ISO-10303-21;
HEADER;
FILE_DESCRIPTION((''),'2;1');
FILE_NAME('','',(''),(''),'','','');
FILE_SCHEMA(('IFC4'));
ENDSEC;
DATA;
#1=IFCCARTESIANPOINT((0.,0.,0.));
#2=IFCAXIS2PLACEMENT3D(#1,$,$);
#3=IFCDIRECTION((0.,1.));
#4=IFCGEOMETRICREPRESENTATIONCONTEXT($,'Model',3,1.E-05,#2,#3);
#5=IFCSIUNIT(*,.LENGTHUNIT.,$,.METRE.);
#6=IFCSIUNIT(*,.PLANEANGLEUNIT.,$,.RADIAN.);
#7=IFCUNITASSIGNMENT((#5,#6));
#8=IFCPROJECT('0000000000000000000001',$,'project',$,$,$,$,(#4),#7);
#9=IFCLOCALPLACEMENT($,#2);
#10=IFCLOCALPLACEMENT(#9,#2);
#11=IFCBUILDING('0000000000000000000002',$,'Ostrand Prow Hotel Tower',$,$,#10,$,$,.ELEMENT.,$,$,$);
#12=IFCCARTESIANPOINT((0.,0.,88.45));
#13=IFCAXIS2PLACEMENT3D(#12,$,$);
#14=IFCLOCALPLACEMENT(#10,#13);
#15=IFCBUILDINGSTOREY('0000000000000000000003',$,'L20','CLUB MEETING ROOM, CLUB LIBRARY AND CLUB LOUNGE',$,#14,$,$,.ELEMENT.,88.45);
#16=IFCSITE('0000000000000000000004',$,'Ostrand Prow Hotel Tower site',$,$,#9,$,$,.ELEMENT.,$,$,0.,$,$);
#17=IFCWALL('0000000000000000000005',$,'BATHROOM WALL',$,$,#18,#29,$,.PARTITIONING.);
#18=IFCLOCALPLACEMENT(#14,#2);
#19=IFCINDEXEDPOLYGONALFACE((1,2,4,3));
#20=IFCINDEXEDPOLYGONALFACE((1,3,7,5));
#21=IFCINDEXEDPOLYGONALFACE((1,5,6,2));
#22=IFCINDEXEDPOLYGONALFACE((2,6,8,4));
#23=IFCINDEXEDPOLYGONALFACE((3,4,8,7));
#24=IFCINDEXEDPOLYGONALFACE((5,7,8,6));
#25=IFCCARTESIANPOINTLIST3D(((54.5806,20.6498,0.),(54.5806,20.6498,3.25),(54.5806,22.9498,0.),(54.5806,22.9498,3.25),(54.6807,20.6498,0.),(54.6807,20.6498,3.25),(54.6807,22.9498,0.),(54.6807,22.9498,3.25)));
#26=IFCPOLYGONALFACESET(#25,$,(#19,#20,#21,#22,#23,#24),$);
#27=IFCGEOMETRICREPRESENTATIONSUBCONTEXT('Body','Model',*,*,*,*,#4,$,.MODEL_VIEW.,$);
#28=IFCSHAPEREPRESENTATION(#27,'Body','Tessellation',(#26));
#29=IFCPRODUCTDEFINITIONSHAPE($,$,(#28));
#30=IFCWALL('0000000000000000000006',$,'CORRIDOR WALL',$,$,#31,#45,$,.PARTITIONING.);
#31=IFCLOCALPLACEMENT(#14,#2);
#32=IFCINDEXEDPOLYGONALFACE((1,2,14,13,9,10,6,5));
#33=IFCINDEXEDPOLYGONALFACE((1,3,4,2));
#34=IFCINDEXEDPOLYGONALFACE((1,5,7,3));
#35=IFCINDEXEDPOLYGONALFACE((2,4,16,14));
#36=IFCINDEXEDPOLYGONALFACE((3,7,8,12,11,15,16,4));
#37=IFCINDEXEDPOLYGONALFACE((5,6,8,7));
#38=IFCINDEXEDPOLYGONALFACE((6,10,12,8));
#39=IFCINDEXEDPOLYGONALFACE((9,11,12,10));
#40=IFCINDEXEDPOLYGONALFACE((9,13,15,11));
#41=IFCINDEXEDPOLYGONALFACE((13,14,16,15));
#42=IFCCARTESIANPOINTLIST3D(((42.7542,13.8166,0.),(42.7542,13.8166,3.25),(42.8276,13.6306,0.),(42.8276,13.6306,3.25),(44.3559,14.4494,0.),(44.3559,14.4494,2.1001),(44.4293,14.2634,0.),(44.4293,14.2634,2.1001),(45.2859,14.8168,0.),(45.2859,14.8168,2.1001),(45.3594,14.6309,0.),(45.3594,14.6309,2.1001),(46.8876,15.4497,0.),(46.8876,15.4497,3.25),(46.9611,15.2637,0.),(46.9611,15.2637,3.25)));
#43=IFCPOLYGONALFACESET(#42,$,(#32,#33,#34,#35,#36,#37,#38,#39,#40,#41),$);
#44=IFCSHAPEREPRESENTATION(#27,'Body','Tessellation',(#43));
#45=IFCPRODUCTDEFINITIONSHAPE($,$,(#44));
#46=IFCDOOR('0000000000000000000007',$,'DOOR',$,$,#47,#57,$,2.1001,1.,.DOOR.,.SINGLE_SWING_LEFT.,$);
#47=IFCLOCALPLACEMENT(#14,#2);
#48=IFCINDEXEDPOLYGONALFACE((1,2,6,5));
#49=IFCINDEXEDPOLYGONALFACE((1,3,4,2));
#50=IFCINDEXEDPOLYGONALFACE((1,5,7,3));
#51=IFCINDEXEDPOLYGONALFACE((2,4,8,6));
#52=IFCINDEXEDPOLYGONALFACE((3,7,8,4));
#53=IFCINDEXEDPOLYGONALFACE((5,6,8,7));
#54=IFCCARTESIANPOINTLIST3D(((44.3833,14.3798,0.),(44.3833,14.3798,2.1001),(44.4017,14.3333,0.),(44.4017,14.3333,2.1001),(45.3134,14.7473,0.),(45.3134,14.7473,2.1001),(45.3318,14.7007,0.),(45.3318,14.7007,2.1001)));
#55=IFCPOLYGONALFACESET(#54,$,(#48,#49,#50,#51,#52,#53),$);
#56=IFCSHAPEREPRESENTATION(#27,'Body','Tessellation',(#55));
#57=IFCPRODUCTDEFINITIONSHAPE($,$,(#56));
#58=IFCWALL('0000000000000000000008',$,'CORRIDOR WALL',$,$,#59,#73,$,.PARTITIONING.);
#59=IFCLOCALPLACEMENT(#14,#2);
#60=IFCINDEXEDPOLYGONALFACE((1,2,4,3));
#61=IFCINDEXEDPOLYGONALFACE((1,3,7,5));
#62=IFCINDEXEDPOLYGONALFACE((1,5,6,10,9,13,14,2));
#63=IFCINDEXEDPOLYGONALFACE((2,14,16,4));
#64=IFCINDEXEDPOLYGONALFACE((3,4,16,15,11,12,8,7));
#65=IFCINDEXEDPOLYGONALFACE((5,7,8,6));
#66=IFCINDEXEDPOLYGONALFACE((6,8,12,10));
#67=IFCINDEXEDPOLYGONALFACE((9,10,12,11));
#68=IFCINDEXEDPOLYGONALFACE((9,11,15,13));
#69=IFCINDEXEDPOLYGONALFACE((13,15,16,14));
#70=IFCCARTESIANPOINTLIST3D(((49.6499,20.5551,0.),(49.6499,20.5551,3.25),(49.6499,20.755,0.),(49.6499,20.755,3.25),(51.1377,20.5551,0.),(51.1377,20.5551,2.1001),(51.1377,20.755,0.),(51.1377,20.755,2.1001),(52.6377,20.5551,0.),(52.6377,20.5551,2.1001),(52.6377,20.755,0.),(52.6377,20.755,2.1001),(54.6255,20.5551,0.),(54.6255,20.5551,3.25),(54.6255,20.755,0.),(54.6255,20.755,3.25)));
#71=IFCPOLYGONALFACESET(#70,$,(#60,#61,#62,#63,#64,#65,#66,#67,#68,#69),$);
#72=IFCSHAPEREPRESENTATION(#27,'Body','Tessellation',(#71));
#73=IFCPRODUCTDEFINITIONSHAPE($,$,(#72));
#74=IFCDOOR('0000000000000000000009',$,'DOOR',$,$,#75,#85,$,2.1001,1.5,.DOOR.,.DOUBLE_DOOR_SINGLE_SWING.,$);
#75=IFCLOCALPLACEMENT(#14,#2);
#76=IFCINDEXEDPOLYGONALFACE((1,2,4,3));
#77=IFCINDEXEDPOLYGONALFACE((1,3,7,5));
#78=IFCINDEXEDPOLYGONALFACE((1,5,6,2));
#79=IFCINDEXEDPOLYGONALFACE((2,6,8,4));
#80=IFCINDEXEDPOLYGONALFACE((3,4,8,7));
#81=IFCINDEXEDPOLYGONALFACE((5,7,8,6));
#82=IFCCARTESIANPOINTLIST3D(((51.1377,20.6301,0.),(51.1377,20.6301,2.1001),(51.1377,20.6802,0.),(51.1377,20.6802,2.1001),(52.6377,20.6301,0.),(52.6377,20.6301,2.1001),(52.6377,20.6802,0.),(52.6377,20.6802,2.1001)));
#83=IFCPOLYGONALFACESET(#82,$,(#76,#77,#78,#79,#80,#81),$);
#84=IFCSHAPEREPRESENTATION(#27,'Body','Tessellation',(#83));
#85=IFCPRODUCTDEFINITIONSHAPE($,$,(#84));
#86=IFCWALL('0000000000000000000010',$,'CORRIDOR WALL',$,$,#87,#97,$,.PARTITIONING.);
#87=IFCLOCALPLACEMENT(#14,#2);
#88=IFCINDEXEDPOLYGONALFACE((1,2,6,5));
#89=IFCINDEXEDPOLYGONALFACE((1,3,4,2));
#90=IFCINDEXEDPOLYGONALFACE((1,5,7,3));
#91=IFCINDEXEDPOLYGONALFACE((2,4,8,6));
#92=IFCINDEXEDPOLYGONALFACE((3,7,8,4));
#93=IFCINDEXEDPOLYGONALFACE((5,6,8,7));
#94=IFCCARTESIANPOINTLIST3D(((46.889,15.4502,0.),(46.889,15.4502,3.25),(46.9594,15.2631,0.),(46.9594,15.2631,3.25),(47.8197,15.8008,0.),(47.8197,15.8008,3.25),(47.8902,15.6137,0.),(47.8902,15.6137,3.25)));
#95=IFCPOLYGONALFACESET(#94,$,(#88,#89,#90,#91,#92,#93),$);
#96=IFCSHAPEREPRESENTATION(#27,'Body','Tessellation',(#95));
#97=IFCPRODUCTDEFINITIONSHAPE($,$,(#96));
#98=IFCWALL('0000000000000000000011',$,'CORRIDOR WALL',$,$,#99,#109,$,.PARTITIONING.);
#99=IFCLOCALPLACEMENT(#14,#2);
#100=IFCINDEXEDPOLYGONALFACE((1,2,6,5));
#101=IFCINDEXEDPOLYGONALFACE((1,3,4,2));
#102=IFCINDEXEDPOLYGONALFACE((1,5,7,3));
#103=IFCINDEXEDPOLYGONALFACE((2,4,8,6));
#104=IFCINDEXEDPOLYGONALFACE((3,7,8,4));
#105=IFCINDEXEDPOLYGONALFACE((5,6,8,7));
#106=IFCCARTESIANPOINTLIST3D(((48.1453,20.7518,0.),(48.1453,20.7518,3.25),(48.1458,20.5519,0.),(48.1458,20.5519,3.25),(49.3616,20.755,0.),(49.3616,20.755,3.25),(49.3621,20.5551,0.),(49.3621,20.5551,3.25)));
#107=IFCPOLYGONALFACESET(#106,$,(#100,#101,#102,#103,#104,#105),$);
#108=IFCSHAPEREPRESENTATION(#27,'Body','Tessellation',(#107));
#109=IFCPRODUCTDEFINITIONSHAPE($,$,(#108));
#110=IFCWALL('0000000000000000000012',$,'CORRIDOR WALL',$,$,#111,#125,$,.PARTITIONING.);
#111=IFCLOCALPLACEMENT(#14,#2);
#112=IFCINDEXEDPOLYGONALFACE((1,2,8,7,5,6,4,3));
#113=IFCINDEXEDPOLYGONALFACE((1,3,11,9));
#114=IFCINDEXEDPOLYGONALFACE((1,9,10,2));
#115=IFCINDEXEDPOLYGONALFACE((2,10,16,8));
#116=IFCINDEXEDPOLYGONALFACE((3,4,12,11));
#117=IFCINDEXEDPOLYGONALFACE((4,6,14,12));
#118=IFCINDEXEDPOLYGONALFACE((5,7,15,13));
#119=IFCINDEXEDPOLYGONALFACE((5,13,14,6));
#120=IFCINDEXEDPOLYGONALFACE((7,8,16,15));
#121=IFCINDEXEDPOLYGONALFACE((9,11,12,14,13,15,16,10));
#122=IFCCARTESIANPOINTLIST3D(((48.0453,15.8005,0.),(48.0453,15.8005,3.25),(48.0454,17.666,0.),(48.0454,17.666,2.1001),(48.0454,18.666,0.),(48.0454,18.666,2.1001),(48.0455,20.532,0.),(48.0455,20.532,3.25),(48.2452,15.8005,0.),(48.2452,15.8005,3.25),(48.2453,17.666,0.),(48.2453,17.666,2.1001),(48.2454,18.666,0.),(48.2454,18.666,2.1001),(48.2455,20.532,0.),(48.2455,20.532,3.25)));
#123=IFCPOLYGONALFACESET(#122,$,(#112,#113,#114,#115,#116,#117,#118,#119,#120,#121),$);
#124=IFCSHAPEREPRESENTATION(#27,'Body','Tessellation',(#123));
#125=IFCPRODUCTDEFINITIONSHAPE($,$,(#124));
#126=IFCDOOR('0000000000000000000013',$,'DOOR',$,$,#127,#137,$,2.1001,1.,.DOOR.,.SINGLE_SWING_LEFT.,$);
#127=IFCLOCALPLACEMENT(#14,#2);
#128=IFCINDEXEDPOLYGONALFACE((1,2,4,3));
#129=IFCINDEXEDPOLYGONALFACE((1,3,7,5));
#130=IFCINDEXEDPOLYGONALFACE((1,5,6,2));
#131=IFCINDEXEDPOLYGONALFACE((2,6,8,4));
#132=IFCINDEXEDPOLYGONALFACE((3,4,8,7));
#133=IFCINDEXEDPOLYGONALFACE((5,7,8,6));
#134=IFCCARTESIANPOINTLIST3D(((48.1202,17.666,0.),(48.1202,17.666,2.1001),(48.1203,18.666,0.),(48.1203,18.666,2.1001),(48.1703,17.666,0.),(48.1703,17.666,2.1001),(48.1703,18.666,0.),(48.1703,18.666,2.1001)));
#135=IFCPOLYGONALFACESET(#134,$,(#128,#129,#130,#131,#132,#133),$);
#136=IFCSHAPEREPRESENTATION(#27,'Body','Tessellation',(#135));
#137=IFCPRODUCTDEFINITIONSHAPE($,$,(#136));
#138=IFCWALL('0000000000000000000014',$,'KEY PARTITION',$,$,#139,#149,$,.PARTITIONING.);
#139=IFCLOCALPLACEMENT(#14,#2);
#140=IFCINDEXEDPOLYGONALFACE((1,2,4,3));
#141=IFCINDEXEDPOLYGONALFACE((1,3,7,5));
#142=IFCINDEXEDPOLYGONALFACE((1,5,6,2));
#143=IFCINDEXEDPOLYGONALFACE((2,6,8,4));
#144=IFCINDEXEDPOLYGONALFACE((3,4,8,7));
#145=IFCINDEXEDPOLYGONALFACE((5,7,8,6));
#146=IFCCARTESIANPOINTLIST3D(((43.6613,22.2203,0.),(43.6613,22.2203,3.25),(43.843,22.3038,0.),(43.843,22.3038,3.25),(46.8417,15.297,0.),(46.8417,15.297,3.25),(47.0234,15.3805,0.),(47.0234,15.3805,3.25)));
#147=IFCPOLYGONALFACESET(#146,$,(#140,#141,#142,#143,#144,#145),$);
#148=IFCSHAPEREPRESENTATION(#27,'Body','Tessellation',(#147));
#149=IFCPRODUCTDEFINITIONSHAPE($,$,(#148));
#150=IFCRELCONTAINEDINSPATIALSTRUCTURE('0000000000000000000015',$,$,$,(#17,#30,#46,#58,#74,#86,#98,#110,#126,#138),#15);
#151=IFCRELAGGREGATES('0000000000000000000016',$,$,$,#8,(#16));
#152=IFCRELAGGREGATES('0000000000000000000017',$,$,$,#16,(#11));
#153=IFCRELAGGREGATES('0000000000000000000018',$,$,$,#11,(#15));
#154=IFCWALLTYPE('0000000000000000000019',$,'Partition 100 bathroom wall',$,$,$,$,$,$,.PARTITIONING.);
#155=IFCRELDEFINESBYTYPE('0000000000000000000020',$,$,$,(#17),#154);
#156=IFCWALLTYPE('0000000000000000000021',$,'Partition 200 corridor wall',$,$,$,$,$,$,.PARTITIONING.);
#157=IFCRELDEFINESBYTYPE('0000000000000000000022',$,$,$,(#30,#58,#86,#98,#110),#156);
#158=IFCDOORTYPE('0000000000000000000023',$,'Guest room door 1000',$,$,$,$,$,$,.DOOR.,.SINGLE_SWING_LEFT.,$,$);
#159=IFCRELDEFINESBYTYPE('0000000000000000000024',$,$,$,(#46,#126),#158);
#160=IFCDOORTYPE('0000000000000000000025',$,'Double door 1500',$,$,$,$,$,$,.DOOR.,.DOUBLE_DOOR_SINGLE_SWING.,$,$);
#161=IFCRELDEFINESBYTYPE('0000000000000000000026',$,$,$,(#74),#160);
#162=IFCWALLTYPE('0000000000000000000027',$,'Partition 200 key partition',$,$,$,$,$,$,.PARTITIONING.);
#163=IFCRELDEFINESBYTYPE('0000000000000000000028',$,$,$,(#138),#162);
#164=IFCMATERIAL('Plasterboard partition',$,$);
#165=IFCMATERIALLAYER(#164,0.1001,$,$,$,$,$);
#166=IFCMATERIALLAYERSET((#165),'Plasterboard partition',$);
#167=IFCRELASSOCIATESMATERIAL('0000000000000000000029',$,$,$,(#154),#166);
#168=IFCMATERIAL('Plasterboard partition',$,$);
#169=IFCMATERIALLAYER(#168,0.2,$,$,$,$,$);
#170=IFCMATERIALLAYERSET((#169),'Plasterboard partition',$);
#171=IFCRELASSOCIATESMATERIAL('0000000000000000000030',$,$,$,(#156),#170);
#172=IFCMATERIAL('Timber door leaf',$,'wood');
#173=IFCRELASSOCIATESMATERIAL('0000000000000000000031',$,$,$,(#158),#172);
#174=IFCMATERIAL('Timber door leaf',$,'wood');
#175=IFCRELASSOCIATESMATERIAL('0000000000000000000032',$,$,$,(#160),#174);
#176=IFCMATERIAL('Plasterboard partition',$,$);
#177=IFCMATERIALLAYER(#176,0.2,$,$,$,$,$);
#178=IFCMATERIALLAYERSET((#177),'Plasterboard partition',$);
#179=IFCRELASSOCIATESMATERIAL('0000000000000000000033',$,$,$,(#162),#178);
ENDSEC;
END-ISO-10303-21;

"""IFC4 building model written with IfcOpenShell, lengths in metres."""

from ifc_helpers import new_model, si_unit, direction, frame, frame_2d, origin, place, context, subcontext, project, spatial, rectangle, extrude, material, layer, layer_set, type_object, element, fill, save


model = new_model("IFC4")

# Units and contexts
model_context = context("Model", 3, precision=1e-05, world=origin(), true_north=direction((0.0, 1.0)))
body_context = subcontext(model_context, "Body", "Model", "MODEL_VIEW")
ifc_project = project(units=[si_unit("LENGTHUNIT", "METRE"), si_unit("PLANEANGLEUNIT", "RADIAN")], contexts=[model_context])

# Site, building, storey
site_placement = place(None, origin())
site = spatial("IfcSite", under=ifc_project, at=site_placement, Name="Ostrand Prow Hotel Tower site", CompositionType="ELEMENT", RefElevation=0.0)
building_placement = place(site_placement, origin())
building = spatial("IfcBuilding", under=site, at=building_placement, Name="Ostrand Prow Hotel Tower", CompositionType="ELEMENT")
storey_placement = place(building_placement, frame((0.0, 0.0, 88.45)))
storey = spatial("IfcBuildingStorey", under=building, at=storey_placement, Name="L20", Description="CLUB MEETING ROOM, CLUB LIBRARY AND CLUB LOUNGE", CompositionType="ELEMENT", Elevation=88.45)

# Wall
ifc_material_1 = material(Name="Plasterboard partition")
ifc_layer_1 = layer(ifc_material_1, 0.1001)
ifc_layer_set_1 = layer_set([ifc_layer_1], Name="Plasterboard partition")
wall_type_1 = type_object("IfcWallType", Name="Partition 100 bathroom wall", PredefinedType="PARTITIONING", material=ifc_layer_set_1)
wall_1_placement = place(storey_placement, frame((54.6306, 20.6499, 0.0), z_axis=(0.0, 0.0, 1.0), x_axis=(0.0, 1.0, 0.0)))
element("IfcWall", 1, at=wall_1_placement, inside=storey, type_object=wall_type_1, Name="BATHROOM WALL", PredefinedType="PARTITIONING", context=body_context, shape_type="SweptSolid", body=[
    extrude(rectangle(XDim=2.3, YDim=0.1001, at=frame_2d((1.1499, 0.0))), origin(), (0.0, 0.0, 1.0), 3.25),
])

# Walls, openings, doors
ifc_material_2 = material(Name="Plasterboard partition")
ifc_layer_2 = layer(ifc_material_2, 0.2)
ifc_layer_set_2 = layer_set([ifc_layer_2], Name="Plasterboard partition")
wall_type_2 = type_object("IfcWallType", Name="Partition 200 corridor wall", PredefinedType="PARTITIONING", material=ifc_layer_set_2)
wall_2_placement = place(storey_placement, frame((46.9243, 15.3567, 0.0), z_axis=(0.0, 0.0, 1.0), x_axis=(-0.930041, -0.367457, 0.0)))
wall_2 = element("IfcWall", 2, at=wall_2_placement, inside=storey, type_object=wall_type_2, Name="CORRIDOR WALL", PredefinedType="PARTITIONING", context=body_context, shape_type="SweptSolid", body=[
    extrude(rectangle(XDim=4.4443, YDim=0.2, at=frame_2d((2.2222, 0.0))), origin(), (0.0, 0.0, 1.0), 3.25),
])
opening_1_placement = place(wall_2_placement, frame((1.7222, 0.0, 0.0)))
opening_1 = element("IfcOpeningElement", 3, at=opening_1_placement, cuts=wall_2, PredefinedType="OPENING", context=body_context, shape_type="SweptSolid", body=[
    extrude(rectangle(XDim=1.0, YDim=2.1001, at=frame_2d((0.5, 1.05))), frame((0.0, 0.1099, 0.0), z_axis=(0.0, -1.0, 0.0), x_axis=(1.0, 0.0, 0.0)), (0.0, 0.0, 1.0), 0.22),
])
ifc_material_3 = material(Name="Timber door leaf", Category="wood")
door_type_1 = type_object("IfcDoorType", Name="Guest room door 1000", OperationType="SINGLE_SWING_LEFT", PredefinedType="DOOR", material=ifc_material_3)
door_1_placement = place(opening_1_placement, origin())
door_1 = element("IfcDoor", 4, at=door_1_placement, inside=storey, type_object=door_type_1, Name="DOOR", OperationType="SINGLE_SWING_LEFT", OverallHeight=2.1001, OverallWidth=1.0, PredefinedType="DOOR", context=body_context, shape_type="SweptSolid", body=[
    extrude(rectangle(XDim=1.0, YDim=2.1001, at=frame_2d((0.5, 1.05))), frame((0.0, 0.0249, 0.0), z_axis=(0.0, -1.0, 0.0), x_axis=(1.0, 0.0, 0.0)), (0.0, 0.0, 1.0), 0.05),
])
fill(opening_1, door_1)
wall_3_placement = place(storey_placement, frame((54.6255, 20.655, 0.0), z_axis=(0.0, 0.0, 1.0), x_axis=(-1.0, 0.0, 0.0)))
wall_3 = element("IfcWall", 5, at=wall_3_placement, inside=storey, type_object=wall_type_2, Name="CORRIDOR WALL", PredefinedType="PARTITIONING", context=body_context, shape_type="SweptSolid", body=[
    extrude(rectangle(XDim=4.9756, YDim=0.2, at=frame_2d((2.4878, 0.0))), origin(), (0.0, 0.0, 1.0), 3.25),
])
opening_2_placement = place(wall_3_placement, frame((1.9878, 0.0, 0.0)))
opening_2 = element("IfcOpeningElement", 6, at=opening_2_placement, cuts=wall_3, PredefinedType="OPENING", context=body_context, shape_type="SweptSolid", body=[
    extrude(rectangle(XDim=1.5, YDim=2.1001, at=frame_2d((0.75, 1.05))), frame((0.0, 0.1099, 0.0), z_axis=(0.0, -1.0, 0.0), x_axis=(1.0, 0.0, 0.0)), (0.0, 0.0, 1.0), 0.22),
])
ifc_material_4 = material(Name="Timber door leaf", Category="wood")
door_type_2 = type_object("IfcDoorType", Name="Double door 1500", OperationType="DOUBLE_DOOR_SINGLE_SWING", PredefinedType="DOOR", material=ifc_material_4)
door_2_placement = place(opening_2_placement, origin())
door_2 = element("IfcDoor", 7, at=door_2_placement, inside=storey, type_object=door_type_2, Name="DOOR", OperationType="DOUBLE_DOOR_SINGLE_SWING", OverallHeight=2.1001, OverallWidth=1.5, PredefinedType="DOOR", context=body_context, shape_type="SweptSolid", body=[
    extrude(rectangle(XDim=1.5, YDim=2.1001, at=frame_2d((0.75, 1.05))), frame((0.0, 0.0249, 0.0), z_axis=(0.0, -1.0, 0.0), x_axis=(1.0, 0.0, 0.0)), (0.0, 0.0, 1.0), 0.05),
])
fill(opening_2, door_2)

# Walls
wall_4_placement = place(storey_placement, frame((47.855, 15.7073, 0.0), z_axis=(0.0, 0.0, 1.0), x_axis=(-0.935804, -0.352522, 0.0)))
element("IfcWall", 8, at=wall_4_placement, inside=storey, type_object=wall_type_2, Name="CORRIDOR WALL", PredefinedType="PARTITIONING", context=body_context, shape_type="SweptSolid", body=[
    extrude(rectangle(XDim=0.9946, YDim=0.2, at=frame_2d((0.4973, 0.0))), origin(), (0.0, 0.0, 1.0), 3.25),
])
wall_5_placement = place(storey_placement, frame((49.3618, 20.655, 0.0), z_axis=(0.0, 0.0, 1.0), x_axis=(-0.999997, -0.002609, 0.0)))
element("IfcWall", 9, at=wall_5_placement, inside=storey, type_object=wall_type_2, Name="CORRIDOR WALL", PredefinedType="PARTITIONING", context=body_context, shape_type="SweptSolid", body=[
    extrude(rectangle(XDim=1.2163, YDim=0.2, at=frame_2d((0.6082, 0.0))), origin(), (0.0, 0.0, 1.0), 3.25),
])

# Wall, opening, door
wall_6_placement = place(storey_placement, frame((48.1455, 20.532, 0.0), z_axis=(0.0, 0.0, 1.0), x_axis=(-0.000052, -1.0, 0.0)))
wall_6 = element("IfcWall", 10, at=wall_6_placement, inside=storey, type_object=wall_type_2, Name="CORRIDOR WALL", PredefinedType="PARTITIONING", context=body_context, shape_type="SweptSolid", body=[
    extrude(rectangle(XDim=4.7314, YDim=0.2, at=frame_2d((2.3657, 0.0))), origin(), (0.0, 0.0, 1.0), 3.25),
])
opening_3_placement = place(wall_6_placement, frame((1.866, 0.0, 0.0)))
opening_3 = element("IfcOpeningElement", 11, at=opening_3_placement, cuts=wall_6, PredefinedType="OPENING", context=body_context, shape_type="SweptSolid", body=[
    extrude(rectangle(XDim=1.0, YDim=2.1001, at=frame_2d((0.5, 1.05))), frame((0.0, 0.1099, 0.0), z_axis=(0.0, -1.0, 0.0), x_axis=(1.0, 0.0, 0.0)), (0.0, 0.0, 1.0), 0.22),
])
door_3_placement = place(opening_3_placement, origin())
door_3 = element("IfcDoor", 12, at=door_3_placement, inside=storey, type_object=door_type_1, Name="DOOR", OperationType="SINGLE_SWING_LEFT", OverallHeight=2.1001, OverallWidth=1.0, PredefinedType="DOOR", context=body_context, shape_type="SweptSolid", body=[
    extrude(rectangle(XDim=1.0, YDim=2.1001, at=frame_2d((0.5, 1.05))), frame((0.0, 0.0249, 0.0), z_axis=(0.0, -1.0, 0.0), x_axis=(1.0, 0.0, 0.0)), (0.0, 0.0, 1.0), 0.05),
])
fill(opening_3, door_3)

# Wall
ifc_material_5 = material(Name="Plasterboard partition")
ifc_layer_3 = layer(ifc_material_5, 0.2)
ifc_layer_set_3 = layer_set([ifc_layer_3], Name="Plasterboard partition")
wall_type_3 = type_object("IfcWallType", Name="Partition 200 key partition", PredefinedType="PARTITIONING", material=ifc_layer_set_3)
wall_7_placement = place(storey_placement, frame((46.9326, 15.3386, 0.0), z_axis=(0.0, 0.0, 1.0), x_axis=(-0.417438, 0.908705, 0.0)))
element("IfcWall", 13, at=wall_7_placement, inside=storey, type_object=wall_type_3, Name="KEY PARTITION", PredefinedType="PARTITIONING", context=body_context, shape_type="SweptSolid", body=[
    extrude(rectangle(XDim=7.6189, YDim=0.2, at=frame_2d((3.8096, 0.0))), origin(), (0.0, 0.0, 1.0), 3.25),
])

save(model, "model.ifc")
